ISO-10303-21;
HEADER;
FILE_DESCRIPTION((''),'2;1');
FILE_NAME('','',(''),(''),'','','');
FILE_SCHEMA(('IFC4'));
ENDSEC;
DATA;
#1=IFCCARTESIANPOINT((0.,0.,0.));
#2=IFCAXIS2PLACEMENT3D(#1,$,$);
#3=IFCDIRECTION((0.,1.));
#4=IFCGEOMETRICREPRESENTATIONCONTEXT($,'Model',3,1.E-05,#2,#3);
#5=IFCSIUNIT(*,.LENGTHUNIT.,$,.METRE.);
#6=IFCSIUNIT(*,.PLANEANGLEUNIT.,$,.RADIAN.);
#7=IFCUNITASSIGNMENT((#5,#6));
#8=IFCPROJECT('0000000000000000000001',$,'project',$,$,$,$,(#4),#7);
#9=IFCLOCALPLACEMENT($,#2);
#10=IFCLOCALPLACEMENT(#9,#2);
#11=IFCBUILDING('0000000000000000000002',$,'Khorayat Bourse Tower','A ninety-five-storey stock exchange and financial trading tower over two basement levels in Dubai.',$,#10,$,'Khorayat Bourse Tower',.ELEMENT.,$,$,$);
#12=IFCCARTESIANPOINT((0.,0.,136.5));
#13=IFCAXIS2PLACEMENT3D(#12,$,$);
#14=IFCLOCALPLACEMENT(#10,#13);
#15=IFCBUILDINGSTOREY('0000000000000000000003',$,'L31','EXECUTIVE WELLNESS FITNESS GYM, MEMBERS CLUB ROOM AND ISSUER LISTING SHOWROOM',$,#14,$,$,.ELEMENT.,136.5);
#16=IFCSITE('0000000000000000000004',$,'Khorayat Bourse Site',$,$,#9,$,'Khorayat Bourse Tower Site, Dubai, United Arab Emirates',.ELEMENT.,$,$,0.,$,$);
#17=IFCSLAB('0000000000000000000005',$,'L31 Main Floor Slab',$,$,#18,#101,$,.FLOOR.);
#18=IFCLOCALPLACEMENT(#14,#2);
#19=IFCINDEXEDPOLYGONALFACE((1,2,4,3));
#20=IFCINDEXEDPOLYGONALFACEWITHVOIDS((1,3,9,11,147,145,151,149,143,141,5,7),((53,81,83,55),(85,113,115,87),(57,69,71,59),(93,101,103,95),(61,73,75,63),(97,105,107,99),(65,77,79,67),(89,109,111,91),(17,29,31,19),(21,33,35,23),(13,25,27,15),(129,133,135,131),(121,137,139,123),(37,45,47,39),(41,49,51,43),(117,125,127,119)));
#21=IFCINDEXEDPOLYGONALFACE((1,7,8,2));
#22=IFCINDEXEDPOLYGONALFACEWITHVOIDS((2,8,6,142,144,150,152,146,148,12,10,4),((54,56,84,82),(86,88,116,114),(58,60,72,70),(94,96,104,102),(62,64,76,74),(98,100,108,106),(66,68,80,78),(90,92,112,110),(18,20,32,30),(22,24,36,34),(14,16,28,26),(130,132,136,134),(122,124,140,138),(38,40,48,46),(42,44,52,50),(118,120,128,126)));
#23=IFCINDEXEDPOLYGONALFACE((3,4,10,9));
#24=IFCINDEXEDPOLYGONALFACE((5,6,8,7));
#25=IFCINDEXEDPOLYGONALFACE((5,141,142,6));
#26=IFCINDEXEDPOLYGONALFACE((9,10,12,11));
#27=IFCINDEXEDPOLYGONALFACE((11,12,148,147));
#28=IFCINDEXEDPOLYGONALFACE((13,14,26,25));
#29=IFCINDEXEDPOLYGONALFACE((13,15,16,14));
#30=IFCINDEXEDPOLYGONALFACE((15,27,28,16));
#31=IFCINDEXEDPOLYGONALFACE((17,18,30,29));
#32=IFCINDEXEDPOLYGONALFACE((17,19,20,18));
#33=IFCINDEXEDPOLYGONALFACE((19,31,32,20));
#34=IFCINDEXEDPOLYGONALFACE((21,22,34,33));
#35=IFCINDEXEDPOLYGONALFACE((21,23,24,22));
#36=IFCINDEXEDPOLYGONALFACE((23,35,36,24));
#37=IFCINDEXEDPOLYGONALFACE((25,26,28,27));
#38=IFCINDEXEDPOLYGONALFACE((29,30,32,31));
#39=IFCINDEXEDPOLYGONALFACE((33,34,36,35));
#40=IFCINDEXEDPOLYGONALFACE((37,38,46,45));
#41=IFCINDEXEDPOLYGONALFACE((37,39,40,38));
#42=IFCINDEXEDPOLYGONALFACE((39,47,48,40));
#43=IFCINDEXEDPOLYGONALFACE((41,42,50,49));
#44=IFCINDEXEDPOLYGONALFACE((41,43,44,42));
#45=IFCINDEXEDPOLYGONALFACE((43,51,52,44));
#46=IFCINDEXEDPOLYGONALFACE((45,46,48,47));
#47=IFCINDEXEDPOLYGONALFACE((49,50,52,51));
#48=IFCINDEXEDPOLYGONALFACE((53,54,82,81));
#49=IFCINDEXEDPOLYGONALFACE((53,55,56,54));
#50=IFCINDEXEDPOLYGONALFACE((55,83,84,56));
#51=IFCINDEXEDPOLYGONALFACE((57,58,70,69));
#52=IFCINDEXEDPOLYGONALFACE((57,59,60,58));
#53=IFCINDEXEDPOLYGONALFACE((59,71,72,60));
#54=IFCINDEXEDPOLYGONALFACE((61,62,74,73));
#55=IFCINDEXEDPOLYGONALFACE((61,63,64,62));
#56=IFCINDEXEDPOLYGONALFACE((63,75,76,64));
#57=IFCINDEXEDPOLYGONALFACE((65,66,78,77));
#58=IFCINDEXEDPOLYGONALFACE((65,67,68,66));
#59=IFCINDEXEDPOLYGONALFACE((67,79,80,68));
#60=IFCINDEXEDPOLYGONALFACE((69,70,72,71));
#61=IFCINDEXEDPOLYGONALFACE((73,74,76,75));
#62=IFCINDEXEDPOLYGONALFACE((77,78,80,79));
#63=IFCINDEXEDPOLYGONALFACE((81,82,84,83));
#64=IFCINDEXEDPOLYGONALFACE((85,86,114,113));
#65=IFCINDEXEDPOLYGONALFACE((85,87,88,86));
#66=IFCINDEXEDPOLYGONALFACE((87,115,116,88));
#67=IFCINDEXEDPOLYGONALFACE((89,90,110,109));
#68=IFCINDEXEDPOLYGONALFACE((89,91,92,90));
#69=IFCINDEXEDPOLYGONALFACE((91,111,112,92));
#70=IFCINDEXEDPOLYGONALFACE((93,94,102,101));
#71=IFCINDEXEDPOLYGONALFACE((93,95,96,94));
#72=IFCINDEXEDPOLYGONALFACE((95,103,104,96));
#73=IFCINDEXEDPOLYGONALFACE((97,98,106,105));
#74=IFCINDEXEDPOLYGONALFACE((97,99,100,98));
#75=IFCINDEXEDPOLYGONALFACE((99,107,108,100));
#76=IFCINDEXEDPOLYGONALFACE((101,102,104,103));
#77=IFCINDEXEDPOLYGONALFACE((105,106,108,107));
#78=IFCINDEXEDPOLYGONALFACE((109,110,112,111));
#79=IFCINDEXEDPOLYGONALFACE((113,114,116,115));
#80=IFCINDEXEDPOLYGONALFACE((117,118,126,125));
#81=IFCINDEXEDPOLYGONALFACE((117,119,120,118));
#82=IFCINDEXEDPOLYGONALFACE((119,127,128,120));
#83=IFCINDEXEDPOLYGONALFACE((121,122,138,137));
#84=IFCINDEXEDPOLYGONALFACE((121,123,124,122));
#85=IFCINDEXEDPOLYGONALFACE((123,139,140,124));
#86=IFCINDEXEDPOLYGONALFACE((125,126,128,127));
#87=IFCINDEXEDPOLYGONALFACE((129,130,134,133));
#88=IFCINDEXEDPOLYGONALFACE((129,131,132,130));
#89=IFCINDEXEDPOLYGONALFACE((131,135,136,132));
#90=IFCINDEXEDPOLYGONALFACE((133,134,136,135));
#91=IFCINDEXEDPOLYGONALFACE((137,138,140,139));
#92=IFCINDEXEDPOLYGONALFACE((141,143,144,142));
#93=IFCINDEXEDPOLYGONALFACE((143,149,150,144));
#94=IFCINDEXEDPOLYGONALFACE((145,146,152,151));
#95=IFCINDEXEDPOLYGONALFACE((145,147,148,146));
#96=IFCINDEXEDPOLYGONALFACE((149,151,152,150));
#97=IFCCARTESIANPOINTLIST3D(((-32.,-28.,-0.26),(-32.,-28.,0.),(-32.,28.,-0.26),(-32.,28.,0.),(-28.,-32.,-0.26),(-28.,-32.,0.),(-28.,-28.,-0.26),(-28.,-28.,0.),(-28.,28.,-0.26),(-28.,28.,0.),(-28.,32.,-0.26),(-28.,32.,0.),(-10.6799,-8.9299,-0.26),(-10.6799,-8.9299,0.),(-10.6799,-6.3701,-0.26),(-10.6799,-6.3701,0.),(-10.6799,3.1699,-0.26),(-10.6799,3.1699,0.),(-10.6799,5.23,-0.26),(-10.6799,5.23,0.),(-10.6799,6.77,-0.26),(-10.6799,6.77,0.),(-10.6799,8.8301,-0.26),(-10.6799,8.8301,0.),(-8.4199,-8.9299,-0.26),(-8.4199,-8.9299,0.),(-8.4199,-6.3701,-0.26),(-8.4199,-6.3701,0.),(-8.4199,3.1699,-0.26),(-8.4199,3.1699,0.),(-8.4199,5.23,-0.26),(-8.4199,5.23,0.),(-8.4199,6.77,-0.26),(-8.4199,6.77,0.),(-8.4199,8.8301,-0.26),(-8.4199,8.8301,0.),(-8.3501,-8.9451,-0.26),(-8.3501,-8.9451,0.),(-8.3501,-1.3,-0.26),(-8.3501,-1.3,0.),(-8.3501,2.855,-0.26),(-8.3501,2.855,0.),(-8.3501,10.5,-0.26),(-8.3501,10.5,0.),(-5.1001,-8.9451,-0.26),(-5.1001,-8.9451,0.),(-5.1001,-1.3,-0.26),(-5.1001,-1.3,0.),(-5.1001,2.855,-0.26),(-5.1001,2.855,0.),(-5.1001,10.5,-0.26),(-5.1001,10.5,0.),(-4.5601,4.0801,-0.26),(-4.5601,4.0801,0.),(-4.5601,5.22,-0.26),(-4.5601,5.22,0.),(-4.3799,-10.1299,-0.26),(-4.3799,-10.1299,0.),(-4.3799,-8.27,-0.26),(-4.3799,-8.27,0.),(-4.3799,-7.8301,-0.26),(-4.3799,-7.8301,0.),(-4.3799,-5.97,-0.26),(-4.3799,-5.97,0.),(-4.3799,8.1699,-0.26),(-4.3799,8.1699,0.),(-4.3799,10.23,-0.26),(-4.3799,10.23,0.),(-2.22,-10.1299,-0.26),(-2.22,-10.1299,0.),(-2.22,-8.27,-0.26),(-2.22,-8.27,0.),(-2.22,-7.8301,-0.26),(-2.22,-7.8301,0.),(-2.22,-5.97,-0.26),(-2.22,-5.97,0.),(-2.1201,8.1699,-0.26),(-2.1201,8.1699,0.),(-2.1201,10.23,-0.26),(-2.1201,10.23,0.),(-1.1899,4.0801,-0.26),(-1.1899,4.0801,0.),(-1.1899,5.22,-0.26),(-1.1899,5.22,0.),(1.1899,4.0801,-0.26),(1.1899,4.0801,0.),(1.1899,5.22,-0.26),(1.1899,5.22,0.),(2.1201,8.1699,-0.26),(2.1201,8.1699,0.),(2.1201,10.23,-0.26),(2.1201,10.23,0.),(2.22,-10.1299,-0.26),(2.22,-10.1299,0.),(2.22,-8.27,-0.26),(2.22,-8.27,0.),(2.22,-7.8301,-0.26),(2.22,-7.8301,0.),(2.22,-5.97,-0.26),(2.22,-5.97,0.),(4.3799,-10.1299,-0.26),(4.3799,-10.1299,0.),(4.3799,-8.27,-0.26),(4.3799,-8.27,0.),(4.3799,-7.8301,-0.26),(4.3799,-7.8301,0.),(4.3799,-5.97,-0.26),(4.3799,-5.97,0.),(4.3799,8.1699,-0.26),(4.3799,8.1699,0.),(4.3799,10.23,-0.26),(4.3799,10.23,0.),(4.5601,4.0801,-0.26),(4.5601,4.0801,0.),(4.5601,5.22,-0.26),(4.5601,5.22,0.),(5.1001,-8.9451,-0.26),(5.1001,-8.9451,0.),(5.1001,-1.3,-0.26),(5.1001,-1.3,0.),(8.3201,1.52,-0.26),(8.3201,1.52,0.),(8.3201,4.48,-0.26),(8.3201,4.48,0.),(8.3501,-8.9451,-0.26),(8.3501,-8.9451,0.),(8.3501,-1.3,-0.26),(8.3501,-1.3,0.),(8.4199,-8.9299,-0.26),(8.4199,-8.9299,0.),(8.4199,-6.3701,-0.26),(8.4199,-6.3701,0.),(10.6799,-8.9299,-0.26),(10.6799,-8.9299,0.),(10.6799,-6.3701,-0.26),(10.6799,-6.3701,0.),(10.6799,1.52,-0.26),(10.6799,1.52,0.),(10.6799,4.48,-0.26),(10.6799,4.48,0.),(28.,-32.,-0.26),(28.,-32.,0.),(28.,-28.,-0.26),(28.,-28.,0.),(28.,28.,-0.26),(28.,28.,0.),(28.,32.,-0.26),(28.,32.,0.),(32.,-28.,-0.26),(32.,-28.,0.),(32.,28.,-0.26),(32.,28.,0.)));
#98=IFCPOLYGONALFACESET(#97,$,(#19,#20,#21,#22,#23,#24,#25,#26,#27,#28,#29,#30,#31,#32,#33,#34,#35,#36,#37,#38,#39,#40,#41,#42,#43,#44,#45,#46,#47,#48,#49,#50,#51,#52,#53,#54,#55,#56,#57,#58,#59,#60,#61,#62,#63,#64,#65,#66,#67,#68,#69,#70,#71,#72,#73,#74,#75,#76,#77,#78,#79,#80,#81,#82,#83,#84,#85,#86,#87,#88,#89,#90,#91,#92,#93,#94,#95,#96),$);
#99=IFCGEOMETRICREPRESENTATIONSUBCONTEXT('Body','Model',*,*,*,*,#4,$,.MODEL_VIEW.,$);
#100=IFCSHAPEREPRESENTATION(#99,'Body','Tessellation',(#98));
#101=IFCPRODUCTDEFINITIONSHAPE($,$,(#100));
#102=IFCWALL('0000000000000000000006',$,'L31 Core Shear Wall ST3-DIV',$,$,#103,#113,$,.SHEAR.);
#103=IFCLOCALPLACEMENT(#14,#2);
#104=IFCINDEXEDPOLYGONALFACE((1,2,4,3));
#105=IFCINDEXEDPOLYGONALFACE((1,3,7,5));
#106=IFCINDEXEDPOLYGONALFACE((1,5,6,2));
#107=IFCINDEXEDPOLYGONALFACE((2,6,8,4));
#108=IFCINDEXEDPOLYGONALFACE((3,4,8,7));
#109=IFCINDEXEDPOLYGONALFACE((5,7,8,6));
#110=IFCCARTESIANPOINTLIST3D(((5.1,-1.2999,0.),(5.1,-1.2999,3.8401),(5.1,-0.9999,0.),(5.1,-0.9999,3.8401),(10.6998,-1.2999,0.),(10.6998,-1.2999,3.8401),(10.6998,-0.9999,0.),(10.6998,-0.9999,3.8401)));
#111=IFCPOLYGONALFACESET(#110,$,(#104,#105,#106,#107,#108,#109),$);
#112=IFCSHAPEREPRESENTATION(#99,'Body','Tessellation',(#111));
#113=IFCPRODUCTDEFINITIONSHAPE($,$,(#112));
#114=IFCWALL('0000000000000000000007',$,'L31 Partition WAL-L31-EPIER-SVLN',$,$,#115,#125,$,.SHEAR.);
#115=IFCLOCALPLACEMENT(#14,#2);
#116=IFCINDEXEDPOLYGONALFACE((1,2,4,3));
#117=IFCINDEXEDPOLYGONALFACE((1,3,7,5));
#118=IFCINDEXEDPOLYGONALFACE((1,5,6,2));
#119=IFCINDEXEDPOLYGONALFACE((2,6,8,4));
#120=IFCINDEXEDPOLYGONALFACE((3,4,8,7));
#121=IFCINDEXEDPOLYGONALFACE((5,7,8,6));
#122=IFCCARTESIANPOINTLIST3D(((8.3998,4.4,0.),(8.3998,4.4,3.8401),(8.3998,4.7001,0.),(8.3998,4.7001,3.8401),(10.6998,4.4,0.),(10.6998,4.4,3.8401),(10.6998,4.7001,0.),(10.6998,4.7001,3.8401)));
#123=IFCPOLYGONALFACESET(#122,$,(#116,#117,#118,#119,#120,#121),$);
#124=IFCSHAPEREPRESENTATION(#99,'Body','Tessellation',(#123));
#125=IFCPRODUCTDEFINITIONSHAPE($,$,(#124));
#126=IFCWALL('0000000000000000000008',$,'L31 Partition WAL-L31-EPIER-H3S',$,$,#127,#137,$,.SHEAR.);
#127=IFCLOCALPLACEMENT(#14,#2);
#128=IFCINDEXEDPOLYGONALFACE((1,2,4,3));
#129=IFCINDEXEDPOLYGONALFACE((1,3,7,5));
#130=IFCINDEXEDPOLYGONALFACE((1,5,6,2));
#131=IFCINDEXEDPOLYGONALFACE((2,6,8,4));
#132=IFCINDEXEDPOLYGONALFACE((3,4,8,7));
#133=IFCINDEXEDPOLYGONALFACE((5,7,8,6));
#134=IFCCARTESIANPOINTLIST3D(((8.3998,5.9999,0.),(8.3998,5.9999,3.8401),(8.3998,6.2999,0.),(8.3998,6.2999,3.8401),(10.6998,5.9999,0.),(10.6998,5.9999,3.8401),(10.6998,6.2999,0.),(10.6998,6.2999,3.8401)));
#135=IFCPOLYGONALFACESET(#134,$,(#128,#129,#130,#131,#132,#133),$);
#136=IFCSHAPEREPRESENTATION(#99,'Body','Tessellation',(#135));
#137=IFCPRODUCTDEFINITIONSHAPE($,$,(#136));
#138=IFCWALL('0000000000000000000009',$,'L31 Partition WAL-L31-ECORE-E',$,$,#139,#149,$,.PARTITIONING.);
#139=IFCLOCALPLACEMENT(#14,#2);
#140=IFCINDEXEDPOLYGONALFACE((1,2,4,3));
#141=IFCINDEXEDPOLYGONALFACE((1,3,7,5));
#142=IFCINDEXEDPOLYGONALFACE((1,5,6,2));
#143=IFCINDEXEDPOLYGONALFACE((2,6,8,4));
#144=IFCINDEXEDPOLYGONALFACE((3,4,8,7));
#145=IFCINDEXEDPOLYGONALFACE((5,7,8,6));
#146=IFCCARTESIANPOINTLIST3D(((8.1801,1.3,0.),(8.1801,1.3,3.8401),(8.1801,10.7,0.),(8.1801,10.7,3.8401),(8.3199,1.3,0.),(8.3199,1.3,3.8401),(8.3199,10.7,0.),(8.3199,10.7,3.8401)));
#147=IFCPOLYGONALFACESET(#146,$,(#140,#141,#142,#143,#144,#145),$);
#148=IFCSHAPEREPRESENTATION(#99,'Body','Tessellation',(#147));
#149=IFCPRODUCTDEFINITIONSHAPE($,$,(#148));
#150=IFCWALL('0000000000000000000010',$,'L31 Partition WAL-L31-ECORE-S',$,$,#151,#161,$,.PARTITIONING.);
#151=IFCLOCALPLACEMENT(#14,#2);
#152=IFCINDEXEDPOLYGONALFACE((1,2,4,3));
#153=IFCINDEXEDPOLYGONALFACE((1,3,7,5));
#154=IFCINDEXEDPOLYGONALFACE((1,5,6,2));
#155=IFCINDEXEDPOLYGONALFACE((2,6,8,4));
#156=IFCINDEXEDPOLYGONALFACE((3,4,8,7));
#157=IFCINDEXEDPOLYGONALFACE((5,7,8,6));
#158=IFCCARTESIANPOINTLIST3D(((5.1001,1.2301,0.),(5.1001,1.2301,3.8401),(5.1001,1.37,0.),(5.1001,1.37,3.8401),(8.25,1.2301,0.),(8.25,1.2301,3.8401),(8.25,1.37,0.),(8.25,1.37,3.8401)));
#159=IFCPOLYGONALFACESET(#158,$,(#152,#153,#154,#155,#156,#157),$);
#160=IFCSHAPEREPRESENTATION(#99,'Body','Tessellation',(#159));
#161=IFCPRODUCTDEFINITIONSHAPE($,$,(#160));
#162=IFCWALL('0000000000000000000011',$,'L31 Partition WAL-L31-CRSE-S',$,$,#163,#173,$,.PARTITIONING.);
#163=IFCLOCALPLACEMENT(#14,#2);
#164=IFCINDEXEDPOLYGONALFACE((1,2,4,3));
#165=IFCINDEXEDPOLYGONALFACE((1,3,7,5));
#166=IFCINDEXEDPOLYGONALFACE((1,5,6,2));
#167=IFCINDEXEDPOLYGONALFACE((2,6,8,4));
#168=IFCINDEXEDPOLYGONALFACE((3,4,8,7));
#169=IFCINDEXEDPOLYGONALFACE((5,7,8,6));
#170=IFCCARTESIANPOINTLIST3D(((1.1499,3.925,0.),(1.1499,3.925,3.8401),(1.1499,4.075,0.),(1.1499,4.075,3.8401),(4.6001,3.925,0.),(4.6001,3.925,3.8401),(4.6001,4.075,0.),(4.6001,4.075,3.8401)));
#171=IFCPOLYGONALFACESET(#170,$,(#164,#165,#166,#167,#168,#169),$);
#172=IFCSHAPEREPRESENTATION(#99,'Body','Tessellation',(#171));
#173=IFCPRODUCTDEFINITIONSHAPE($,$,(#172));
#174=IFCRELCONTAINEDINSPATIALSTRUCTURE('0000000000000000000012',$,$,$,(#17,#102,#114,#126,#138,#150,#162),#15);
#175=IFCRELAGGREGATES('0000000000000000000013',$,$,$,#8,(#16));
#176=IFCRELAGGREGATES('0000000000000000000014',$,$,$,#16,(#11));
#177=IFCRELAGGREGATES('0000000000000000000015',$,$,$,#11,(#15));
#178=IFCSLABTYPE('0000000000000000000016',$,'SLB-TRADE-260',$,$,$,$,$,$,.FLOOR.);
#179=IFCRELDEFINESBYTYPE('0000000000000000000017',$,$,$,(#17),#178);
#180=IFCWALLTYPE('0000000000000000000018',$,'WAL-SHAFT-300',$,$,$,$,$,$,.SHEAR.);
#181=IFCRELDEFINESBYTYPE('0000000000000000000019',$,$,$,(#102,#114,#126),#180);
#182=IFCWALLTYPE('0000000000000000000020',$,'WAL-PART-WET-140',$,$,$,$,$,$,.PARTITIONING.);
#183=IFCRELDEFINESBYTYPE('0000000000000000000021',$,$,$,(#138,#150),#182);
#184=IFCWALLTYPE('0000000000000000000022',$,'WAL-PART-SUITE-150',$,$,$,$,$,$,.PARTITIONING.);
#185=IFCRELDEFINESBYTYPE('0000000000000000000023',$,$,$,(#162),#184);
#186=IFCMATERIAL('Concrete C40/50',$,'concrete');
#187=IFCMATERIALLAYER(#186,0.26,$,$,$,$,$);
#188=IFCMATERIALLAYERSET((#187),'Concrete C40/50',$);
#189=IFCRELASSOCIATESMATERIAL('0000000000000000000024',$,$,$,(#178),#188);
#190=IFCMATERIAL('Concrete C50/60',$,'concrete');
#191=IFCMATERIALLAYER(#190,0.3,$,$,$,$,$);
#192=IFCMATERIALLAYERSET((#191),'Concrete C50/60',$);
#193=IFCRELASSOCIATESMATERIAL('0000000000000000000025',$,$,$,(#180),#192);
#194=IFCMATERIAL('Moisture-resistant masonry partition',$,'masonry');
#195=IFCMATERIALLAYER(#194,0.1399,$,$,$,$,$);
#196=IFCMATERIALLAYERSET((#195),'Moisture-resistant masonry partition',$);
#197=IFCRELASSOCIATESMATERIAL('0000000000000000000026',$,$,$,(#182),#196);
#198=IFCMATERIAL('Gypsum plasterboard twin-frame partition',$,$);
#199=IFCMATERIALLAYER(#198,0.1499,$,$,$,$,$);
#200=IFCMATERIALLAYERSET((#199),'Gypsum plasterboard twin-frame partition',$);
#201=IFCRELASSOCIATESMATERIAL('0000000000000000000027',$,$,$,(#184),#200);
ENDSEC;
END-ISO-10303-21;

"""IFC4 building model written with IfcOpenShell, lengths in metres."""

from ifc_helpers import new_model, si_unit, direction, frame, frame_2d, origin, place, context, subcontext, project, spatial, polyline, rectangle, outline, extrude, source, transform, mapped, material, layer, layer_set, type_object, element, save


model = new_model("IFC4")

# Units and contexts
model_context = context("Model", 3, precision=1e-05, world=origin(), true_north=direction((0.0, 1.0)))
body_context = subcontext(model_context, "Body", "Model", "MODEL_VIEW")
ifc_project = project(units=[si_unit("LENGTHUNIT", "METRE"), si_unit("PLANEANGLEUNIT", "RADIAN")], contexts=[model_context])

# Site, building, storey
site_placement = place(None, origin())
site = spatial("IfcSite", under=ifc_project, at=site_placement, Name="Khorayat Bourse Site", LongName="Khorayat Bourse Tower Site, Dubai, United Arab Emirates", CompositionType="ELEMENT", RefElevation=0.0)
building_placement = place(site_placement, origin())
building = spatial("IfcBuilding", under=site, at=building_placement, Name="Khorayat Bourse Tower", Description="A ninety-five-storey stock exchange and financial trading tower over two basement levels in Dubai.", LongName="Khorayat Bourse Tower", CompositionType="ELEMENT")
storey_placement = place(building_placement, frame((0.0, 0.0, 136.5)))
storey = spatial("IfcBuildingStorey", under=building, at=storey_placement, Name="L31", Description="EXECUTIVE WELLNESS FITNESS GYM, MEMBERS CLUB ROOM AND ISSUER LISTING SHOWROOM", CompositionType="ELEMENT", Elevation=136.5)

# Shared definitions
ifc_material_1 = material(Name="Concrete C40/50", Category="concrete")

# Slab
ifc_layer_1 = layer(ifc_material_1, 0.26)
ifc_layer_set_1 = layer_set([ifc_layer_1], Name="Concrete C40/50")
slab_type_1 = type_object("IfcSlabType", Name="SLB-TRADE-260", PredefinedType="FLOOR", material=ifc_layer_set_1)
slab_1_placement = place(storey_placement, frame((0.0, 0.0, -0.26)))
element("IfcSlab", 1, at=slab_1_placement, inside=storey, type_object=slab_type_1, Name="L31 Main Floor Slab", PredefinedType="FLOOR", context=body_context, shape_type="SweptSolid", body=[
    extrude(outline(polyline([(-28.0, -32.0), (28.0, -32.0), (28.0, -28.0), (32.0, -28.0), (32.0, 28.0), (28.0, 28.0), (28.0, 32.0), (-28.0, 32.0), (-28.0, 28.0), (-32.0, 28.0), (-32.0, -28.0), (-28.0, -28.0), (-28.0, -32.0)]), holes=[polyline([(-8.3501, -8.9451), (-5.1001, -8.9451), (-5.1001, -1.3), (-8.3501, -1.3), (-8.3501, -8.9451)]), polyline([(-8.3501, 2.855), (-5.1001, 2.855), (-5.1001, 10.5), (-8.3501, 10.5), (-8.3501, 2.855)]), polyline([(5.1001, -8.9451), (8.3501, -8.9451), (8.3501, -1.3), (5.1001, -1.3), (5.1001, -8.9451)]), polyline([(-4.3799, -10.1299), (-2.22, -10.1299), (-2.22, -8.27), (-4.3799, -8.27), (-4.3799, -10.1299)]), polyline([(2.22, -10.1299), (4.3799, -10.1299), (4.3799, -8.27), (2.22, -8.27), (2.22, -10.1299)]), polyline([(-4.3799, -7.8301), (-2.22, -7.8301), (-2.22, -5.97), (-4.3799, -5.97), (-4.3799, -7.8301)]), polyline([(2.22, -7.8301), (4.3799, -7.8301), (4.3799, -5.97), (2.22, -5.97), (2.22, -7.8301)]), polyline([(-4.3799, 8.1699), (-2.1201, 8.1699), (-2.1201, 10.23), (-4.3799, 10.23), (-4.3799, 8.1699)]), polyline([(2.1201, 8.1699), (4.3799, 8.1699), (4.3799, 10.23), (2.1201, 10.23), (2.1201, 8.1699)]), polyline([(-10.6799, 3.1699), (-8.4199, 3.1699), (-8.4199, 5.23), (-10.6799, 5.23), (-10.6799, 3.1699)]), polyline([(-10.6799, 6.77), (-8.4199, 6.77), (-8.4199, 8.8301), (-10.6799, 8.8301), (-10.6799, 6.77)]), polyline([(-10.6799, -8.9299), (-8.4199, -8.9299), (-8.4199, -6.3701), (-10.6799, -6.3701), (-10.6799, -8.9299)]), polyline([(8.4199, -8.9299), (10.6799, -8.9299), (10.6799, -6.3701), (8.4199, -6.3701), (8.4199, -8.9299)]), polyline([(8.3201, 1.52), (10.6799, 1.52), (10.6799, 4.48), (8.3201, 4.48), (8.3201, 1.52)]), polyline([(-4.5601, 4.0801), (-1.1899, 4.0801), (-1.1899, 5.22), (-4.5601, 5.22), (-4.5601, 4.0801)]), polyline([(1.1899, 4.0801), (4.5601, 4.0801), (4.5601, 5.22), (1.1899, 5.22), (1.1899, 4.0801)])]), origin(), (0.0, 0.0, 1.0), 0.26),
])

# Walls
ifc_material_2 = material(Name="Concrete C50/60", Category="concrete")
ifc_layer_2 = layer(ifc_material_2, 0.3)
ifc_layer_set_2 = layer_set([ifc_layer_2], Name="Concrete C50/60")
wall_type_1 = type_object("IfcWallType", Name="WAL-SHAFT-300", PredefinedType="SHEAR", material=ifc_layer_set_2)
shared_shape_1 = source(origin(), body_context, "Body", "SweptSolid", [
    extrude(rectangle(XDim=5.5999, YDim=0.3, at=frame_2d((2.7998, 0.0))), origin(), (0.0, 0.0, 1.0), 3.8401),
])
wall_1_placement = place(storey_placement, frame((5.1001, -1.1499, 0.0), z_axis=(0.0, 0.0, 1.0), x_axis=(1.0, 0.0, 0.0)))
element("IfcWall", 2, at=wall_1_placement, inside=storey, type_object=wall_type_1, Name="L31 Core Shear Wall ST3-DIV", PredefinedType="SHEAR", context=body_context, shape_type="MappedRepresentation", body=[
    mapped(shared_shape_1, transform((0.0, 0.0, 0.0), scale=1.0)),
])
shared_shape_2 = source(origin(), body_context, "Body", "SweptSolid", [
    extrude(rectangle(XDim=2.3, YDim=0.3, at=frame_2d((1.1499, 0.0))), origin(), (0.0, 0.0, 1.0), 3.8401),
])
for number, where, z_axis, x_axis, name in (
    (3, (8.3999, 4.55, 0.0), (0.0, 0.0, 1.0), (1.0, 0.0, 0.0), "L31 Partition WAL-L31-EPIER-SVLN"),
    (4, (8.3999, 6.1499, 0.0), (0.0, 0.0, 1.0), (1.0, 0.0, 0.0), "L31 Partition WAL-L31-EPIER-H3S"),
):
    element("IfcWall", number, at=place(storey_placement, frame(where, z_axis=z_axis, x_axis=x_axis)), inside=storey, type_object=wall_type_1, Name=name, PredefinedType="SHEAR", context=body_context, shape_type="MappedRepresentation", body=[
        mapped(shared_shape_2, transform((0.0, 0.0, 0.0), scale=1.0)),
    ])
ifc_material_3 = material(Name="Moisture-resistant masonry partition", Category="masonry")
ifc_layer_3 = layer(ifc_material_3, 0.1399)
ifc_layer_set_3 = layer_set([ifc_layer_3], Name="Moisture-resistant masonry partition")
wall_type_2 = type_object("IfcWallType", Name="WAL-PART-WET-140", PredefinedType="PARTITIONING", material=ifc_layer_set_3)
shared_shape_3 = source(origin(), body_context, "Body", "SweptSolid", [
    extrude(rectangle(XDim=9.3999, YDim=0.1399, at=frame_2d((4.7, 0.0))), origin(), (0.0, 0.0, 1.0), 3.8401),
])
wall_2_placement = place(storey_placement, frame((8.25, 1.3, 0.0), z_axis=(0.0, 0.0, 1.0), x_axis=(0.0, 1.0, 0.0)))
element("IfcWall", 5, at=wall_2_placement, inside=storey, type_object=wall_type_2, Name="L31 Partition WAL-L31-ECORE-E", PredefinedType="PARTITIONING", context=body_context, shape_type="MappedRepresentation", body=[
    mapped(shared_shape_3, transform((0.0, 0.0, 0.0), scale=1.0)),
])
shared_shape_4 = source(origin(), body_context, "Body", "SweptSolid", [
    extrude(rectangle(XDim=3.1499, YDim=0.1399, at=frame_2d((1.575, 0.0))), origin(), (0.0, 0.0, 1.0), 3.8401),
])
wall_3_placement = place(storey_placement, frame((5.1001, 1.3, 0.0), z_axis=(0.0, 0.0, 1.0), x_axis=(1.0, 0.0, 0.0)))
element("IfcWall", 6, at=wall_3_placement, inside=storey, type_object=wall_type_2, Name="L31 Partition WAL-L31-ECORE-S", PredefinedType="PARTITIONING", context=body_context, shape_type="MappedRepresentation", body=[
    mapped(shared_shape_4, transform((0.0, 0.0, 0.0), scale=1.0)),
])

# Wall
ifc_material_4 = material(Name="Gypsum plasterboard twin-frame partition")
ifc_layer_4 = layer(ifc_material_4, 0.1499)
ifc_layer_set_4 = layer_set([ifc_layer_4], Name="Gypsum plasterboard twin-frame partition")
wall_type_3 = type_object("IfcWallType", Name="WAL-PART-SUITE-150", PredefinedType="PARTITIONING", material=ifc_layer_set_4)
shared_shape_5 = source(origin(), body_context, "Body", "SweptSolid", [
    extrude(rectangle(XDim=3.4502, YDim=0.1499, at=frame_2d((1.7251, 0.0))), origin(), (0.0, 0.0, 1.0), 3.8401),
])
wall_4_placement = place(storey_placement, frame((1.1499, 4.0, 0.0), z_axis=(0.0, 0.0, 1.0), x_axis=(1.0, 0.0, 0.0)))
element("IfcWall", 7, at=wall_4_placement, inside=storey, type_object=wall_type_3, Name="L31 Partition WAL-L31-CRSE-S", PredefinedType="PARTITIONING", context=body_context, shape_type="MappedRepresentation", body=[
    mapped(shared_shape_5, transform((0.0, 0.0, 0.0), scale=1.0)),
])

save(model, "model.ifc")
